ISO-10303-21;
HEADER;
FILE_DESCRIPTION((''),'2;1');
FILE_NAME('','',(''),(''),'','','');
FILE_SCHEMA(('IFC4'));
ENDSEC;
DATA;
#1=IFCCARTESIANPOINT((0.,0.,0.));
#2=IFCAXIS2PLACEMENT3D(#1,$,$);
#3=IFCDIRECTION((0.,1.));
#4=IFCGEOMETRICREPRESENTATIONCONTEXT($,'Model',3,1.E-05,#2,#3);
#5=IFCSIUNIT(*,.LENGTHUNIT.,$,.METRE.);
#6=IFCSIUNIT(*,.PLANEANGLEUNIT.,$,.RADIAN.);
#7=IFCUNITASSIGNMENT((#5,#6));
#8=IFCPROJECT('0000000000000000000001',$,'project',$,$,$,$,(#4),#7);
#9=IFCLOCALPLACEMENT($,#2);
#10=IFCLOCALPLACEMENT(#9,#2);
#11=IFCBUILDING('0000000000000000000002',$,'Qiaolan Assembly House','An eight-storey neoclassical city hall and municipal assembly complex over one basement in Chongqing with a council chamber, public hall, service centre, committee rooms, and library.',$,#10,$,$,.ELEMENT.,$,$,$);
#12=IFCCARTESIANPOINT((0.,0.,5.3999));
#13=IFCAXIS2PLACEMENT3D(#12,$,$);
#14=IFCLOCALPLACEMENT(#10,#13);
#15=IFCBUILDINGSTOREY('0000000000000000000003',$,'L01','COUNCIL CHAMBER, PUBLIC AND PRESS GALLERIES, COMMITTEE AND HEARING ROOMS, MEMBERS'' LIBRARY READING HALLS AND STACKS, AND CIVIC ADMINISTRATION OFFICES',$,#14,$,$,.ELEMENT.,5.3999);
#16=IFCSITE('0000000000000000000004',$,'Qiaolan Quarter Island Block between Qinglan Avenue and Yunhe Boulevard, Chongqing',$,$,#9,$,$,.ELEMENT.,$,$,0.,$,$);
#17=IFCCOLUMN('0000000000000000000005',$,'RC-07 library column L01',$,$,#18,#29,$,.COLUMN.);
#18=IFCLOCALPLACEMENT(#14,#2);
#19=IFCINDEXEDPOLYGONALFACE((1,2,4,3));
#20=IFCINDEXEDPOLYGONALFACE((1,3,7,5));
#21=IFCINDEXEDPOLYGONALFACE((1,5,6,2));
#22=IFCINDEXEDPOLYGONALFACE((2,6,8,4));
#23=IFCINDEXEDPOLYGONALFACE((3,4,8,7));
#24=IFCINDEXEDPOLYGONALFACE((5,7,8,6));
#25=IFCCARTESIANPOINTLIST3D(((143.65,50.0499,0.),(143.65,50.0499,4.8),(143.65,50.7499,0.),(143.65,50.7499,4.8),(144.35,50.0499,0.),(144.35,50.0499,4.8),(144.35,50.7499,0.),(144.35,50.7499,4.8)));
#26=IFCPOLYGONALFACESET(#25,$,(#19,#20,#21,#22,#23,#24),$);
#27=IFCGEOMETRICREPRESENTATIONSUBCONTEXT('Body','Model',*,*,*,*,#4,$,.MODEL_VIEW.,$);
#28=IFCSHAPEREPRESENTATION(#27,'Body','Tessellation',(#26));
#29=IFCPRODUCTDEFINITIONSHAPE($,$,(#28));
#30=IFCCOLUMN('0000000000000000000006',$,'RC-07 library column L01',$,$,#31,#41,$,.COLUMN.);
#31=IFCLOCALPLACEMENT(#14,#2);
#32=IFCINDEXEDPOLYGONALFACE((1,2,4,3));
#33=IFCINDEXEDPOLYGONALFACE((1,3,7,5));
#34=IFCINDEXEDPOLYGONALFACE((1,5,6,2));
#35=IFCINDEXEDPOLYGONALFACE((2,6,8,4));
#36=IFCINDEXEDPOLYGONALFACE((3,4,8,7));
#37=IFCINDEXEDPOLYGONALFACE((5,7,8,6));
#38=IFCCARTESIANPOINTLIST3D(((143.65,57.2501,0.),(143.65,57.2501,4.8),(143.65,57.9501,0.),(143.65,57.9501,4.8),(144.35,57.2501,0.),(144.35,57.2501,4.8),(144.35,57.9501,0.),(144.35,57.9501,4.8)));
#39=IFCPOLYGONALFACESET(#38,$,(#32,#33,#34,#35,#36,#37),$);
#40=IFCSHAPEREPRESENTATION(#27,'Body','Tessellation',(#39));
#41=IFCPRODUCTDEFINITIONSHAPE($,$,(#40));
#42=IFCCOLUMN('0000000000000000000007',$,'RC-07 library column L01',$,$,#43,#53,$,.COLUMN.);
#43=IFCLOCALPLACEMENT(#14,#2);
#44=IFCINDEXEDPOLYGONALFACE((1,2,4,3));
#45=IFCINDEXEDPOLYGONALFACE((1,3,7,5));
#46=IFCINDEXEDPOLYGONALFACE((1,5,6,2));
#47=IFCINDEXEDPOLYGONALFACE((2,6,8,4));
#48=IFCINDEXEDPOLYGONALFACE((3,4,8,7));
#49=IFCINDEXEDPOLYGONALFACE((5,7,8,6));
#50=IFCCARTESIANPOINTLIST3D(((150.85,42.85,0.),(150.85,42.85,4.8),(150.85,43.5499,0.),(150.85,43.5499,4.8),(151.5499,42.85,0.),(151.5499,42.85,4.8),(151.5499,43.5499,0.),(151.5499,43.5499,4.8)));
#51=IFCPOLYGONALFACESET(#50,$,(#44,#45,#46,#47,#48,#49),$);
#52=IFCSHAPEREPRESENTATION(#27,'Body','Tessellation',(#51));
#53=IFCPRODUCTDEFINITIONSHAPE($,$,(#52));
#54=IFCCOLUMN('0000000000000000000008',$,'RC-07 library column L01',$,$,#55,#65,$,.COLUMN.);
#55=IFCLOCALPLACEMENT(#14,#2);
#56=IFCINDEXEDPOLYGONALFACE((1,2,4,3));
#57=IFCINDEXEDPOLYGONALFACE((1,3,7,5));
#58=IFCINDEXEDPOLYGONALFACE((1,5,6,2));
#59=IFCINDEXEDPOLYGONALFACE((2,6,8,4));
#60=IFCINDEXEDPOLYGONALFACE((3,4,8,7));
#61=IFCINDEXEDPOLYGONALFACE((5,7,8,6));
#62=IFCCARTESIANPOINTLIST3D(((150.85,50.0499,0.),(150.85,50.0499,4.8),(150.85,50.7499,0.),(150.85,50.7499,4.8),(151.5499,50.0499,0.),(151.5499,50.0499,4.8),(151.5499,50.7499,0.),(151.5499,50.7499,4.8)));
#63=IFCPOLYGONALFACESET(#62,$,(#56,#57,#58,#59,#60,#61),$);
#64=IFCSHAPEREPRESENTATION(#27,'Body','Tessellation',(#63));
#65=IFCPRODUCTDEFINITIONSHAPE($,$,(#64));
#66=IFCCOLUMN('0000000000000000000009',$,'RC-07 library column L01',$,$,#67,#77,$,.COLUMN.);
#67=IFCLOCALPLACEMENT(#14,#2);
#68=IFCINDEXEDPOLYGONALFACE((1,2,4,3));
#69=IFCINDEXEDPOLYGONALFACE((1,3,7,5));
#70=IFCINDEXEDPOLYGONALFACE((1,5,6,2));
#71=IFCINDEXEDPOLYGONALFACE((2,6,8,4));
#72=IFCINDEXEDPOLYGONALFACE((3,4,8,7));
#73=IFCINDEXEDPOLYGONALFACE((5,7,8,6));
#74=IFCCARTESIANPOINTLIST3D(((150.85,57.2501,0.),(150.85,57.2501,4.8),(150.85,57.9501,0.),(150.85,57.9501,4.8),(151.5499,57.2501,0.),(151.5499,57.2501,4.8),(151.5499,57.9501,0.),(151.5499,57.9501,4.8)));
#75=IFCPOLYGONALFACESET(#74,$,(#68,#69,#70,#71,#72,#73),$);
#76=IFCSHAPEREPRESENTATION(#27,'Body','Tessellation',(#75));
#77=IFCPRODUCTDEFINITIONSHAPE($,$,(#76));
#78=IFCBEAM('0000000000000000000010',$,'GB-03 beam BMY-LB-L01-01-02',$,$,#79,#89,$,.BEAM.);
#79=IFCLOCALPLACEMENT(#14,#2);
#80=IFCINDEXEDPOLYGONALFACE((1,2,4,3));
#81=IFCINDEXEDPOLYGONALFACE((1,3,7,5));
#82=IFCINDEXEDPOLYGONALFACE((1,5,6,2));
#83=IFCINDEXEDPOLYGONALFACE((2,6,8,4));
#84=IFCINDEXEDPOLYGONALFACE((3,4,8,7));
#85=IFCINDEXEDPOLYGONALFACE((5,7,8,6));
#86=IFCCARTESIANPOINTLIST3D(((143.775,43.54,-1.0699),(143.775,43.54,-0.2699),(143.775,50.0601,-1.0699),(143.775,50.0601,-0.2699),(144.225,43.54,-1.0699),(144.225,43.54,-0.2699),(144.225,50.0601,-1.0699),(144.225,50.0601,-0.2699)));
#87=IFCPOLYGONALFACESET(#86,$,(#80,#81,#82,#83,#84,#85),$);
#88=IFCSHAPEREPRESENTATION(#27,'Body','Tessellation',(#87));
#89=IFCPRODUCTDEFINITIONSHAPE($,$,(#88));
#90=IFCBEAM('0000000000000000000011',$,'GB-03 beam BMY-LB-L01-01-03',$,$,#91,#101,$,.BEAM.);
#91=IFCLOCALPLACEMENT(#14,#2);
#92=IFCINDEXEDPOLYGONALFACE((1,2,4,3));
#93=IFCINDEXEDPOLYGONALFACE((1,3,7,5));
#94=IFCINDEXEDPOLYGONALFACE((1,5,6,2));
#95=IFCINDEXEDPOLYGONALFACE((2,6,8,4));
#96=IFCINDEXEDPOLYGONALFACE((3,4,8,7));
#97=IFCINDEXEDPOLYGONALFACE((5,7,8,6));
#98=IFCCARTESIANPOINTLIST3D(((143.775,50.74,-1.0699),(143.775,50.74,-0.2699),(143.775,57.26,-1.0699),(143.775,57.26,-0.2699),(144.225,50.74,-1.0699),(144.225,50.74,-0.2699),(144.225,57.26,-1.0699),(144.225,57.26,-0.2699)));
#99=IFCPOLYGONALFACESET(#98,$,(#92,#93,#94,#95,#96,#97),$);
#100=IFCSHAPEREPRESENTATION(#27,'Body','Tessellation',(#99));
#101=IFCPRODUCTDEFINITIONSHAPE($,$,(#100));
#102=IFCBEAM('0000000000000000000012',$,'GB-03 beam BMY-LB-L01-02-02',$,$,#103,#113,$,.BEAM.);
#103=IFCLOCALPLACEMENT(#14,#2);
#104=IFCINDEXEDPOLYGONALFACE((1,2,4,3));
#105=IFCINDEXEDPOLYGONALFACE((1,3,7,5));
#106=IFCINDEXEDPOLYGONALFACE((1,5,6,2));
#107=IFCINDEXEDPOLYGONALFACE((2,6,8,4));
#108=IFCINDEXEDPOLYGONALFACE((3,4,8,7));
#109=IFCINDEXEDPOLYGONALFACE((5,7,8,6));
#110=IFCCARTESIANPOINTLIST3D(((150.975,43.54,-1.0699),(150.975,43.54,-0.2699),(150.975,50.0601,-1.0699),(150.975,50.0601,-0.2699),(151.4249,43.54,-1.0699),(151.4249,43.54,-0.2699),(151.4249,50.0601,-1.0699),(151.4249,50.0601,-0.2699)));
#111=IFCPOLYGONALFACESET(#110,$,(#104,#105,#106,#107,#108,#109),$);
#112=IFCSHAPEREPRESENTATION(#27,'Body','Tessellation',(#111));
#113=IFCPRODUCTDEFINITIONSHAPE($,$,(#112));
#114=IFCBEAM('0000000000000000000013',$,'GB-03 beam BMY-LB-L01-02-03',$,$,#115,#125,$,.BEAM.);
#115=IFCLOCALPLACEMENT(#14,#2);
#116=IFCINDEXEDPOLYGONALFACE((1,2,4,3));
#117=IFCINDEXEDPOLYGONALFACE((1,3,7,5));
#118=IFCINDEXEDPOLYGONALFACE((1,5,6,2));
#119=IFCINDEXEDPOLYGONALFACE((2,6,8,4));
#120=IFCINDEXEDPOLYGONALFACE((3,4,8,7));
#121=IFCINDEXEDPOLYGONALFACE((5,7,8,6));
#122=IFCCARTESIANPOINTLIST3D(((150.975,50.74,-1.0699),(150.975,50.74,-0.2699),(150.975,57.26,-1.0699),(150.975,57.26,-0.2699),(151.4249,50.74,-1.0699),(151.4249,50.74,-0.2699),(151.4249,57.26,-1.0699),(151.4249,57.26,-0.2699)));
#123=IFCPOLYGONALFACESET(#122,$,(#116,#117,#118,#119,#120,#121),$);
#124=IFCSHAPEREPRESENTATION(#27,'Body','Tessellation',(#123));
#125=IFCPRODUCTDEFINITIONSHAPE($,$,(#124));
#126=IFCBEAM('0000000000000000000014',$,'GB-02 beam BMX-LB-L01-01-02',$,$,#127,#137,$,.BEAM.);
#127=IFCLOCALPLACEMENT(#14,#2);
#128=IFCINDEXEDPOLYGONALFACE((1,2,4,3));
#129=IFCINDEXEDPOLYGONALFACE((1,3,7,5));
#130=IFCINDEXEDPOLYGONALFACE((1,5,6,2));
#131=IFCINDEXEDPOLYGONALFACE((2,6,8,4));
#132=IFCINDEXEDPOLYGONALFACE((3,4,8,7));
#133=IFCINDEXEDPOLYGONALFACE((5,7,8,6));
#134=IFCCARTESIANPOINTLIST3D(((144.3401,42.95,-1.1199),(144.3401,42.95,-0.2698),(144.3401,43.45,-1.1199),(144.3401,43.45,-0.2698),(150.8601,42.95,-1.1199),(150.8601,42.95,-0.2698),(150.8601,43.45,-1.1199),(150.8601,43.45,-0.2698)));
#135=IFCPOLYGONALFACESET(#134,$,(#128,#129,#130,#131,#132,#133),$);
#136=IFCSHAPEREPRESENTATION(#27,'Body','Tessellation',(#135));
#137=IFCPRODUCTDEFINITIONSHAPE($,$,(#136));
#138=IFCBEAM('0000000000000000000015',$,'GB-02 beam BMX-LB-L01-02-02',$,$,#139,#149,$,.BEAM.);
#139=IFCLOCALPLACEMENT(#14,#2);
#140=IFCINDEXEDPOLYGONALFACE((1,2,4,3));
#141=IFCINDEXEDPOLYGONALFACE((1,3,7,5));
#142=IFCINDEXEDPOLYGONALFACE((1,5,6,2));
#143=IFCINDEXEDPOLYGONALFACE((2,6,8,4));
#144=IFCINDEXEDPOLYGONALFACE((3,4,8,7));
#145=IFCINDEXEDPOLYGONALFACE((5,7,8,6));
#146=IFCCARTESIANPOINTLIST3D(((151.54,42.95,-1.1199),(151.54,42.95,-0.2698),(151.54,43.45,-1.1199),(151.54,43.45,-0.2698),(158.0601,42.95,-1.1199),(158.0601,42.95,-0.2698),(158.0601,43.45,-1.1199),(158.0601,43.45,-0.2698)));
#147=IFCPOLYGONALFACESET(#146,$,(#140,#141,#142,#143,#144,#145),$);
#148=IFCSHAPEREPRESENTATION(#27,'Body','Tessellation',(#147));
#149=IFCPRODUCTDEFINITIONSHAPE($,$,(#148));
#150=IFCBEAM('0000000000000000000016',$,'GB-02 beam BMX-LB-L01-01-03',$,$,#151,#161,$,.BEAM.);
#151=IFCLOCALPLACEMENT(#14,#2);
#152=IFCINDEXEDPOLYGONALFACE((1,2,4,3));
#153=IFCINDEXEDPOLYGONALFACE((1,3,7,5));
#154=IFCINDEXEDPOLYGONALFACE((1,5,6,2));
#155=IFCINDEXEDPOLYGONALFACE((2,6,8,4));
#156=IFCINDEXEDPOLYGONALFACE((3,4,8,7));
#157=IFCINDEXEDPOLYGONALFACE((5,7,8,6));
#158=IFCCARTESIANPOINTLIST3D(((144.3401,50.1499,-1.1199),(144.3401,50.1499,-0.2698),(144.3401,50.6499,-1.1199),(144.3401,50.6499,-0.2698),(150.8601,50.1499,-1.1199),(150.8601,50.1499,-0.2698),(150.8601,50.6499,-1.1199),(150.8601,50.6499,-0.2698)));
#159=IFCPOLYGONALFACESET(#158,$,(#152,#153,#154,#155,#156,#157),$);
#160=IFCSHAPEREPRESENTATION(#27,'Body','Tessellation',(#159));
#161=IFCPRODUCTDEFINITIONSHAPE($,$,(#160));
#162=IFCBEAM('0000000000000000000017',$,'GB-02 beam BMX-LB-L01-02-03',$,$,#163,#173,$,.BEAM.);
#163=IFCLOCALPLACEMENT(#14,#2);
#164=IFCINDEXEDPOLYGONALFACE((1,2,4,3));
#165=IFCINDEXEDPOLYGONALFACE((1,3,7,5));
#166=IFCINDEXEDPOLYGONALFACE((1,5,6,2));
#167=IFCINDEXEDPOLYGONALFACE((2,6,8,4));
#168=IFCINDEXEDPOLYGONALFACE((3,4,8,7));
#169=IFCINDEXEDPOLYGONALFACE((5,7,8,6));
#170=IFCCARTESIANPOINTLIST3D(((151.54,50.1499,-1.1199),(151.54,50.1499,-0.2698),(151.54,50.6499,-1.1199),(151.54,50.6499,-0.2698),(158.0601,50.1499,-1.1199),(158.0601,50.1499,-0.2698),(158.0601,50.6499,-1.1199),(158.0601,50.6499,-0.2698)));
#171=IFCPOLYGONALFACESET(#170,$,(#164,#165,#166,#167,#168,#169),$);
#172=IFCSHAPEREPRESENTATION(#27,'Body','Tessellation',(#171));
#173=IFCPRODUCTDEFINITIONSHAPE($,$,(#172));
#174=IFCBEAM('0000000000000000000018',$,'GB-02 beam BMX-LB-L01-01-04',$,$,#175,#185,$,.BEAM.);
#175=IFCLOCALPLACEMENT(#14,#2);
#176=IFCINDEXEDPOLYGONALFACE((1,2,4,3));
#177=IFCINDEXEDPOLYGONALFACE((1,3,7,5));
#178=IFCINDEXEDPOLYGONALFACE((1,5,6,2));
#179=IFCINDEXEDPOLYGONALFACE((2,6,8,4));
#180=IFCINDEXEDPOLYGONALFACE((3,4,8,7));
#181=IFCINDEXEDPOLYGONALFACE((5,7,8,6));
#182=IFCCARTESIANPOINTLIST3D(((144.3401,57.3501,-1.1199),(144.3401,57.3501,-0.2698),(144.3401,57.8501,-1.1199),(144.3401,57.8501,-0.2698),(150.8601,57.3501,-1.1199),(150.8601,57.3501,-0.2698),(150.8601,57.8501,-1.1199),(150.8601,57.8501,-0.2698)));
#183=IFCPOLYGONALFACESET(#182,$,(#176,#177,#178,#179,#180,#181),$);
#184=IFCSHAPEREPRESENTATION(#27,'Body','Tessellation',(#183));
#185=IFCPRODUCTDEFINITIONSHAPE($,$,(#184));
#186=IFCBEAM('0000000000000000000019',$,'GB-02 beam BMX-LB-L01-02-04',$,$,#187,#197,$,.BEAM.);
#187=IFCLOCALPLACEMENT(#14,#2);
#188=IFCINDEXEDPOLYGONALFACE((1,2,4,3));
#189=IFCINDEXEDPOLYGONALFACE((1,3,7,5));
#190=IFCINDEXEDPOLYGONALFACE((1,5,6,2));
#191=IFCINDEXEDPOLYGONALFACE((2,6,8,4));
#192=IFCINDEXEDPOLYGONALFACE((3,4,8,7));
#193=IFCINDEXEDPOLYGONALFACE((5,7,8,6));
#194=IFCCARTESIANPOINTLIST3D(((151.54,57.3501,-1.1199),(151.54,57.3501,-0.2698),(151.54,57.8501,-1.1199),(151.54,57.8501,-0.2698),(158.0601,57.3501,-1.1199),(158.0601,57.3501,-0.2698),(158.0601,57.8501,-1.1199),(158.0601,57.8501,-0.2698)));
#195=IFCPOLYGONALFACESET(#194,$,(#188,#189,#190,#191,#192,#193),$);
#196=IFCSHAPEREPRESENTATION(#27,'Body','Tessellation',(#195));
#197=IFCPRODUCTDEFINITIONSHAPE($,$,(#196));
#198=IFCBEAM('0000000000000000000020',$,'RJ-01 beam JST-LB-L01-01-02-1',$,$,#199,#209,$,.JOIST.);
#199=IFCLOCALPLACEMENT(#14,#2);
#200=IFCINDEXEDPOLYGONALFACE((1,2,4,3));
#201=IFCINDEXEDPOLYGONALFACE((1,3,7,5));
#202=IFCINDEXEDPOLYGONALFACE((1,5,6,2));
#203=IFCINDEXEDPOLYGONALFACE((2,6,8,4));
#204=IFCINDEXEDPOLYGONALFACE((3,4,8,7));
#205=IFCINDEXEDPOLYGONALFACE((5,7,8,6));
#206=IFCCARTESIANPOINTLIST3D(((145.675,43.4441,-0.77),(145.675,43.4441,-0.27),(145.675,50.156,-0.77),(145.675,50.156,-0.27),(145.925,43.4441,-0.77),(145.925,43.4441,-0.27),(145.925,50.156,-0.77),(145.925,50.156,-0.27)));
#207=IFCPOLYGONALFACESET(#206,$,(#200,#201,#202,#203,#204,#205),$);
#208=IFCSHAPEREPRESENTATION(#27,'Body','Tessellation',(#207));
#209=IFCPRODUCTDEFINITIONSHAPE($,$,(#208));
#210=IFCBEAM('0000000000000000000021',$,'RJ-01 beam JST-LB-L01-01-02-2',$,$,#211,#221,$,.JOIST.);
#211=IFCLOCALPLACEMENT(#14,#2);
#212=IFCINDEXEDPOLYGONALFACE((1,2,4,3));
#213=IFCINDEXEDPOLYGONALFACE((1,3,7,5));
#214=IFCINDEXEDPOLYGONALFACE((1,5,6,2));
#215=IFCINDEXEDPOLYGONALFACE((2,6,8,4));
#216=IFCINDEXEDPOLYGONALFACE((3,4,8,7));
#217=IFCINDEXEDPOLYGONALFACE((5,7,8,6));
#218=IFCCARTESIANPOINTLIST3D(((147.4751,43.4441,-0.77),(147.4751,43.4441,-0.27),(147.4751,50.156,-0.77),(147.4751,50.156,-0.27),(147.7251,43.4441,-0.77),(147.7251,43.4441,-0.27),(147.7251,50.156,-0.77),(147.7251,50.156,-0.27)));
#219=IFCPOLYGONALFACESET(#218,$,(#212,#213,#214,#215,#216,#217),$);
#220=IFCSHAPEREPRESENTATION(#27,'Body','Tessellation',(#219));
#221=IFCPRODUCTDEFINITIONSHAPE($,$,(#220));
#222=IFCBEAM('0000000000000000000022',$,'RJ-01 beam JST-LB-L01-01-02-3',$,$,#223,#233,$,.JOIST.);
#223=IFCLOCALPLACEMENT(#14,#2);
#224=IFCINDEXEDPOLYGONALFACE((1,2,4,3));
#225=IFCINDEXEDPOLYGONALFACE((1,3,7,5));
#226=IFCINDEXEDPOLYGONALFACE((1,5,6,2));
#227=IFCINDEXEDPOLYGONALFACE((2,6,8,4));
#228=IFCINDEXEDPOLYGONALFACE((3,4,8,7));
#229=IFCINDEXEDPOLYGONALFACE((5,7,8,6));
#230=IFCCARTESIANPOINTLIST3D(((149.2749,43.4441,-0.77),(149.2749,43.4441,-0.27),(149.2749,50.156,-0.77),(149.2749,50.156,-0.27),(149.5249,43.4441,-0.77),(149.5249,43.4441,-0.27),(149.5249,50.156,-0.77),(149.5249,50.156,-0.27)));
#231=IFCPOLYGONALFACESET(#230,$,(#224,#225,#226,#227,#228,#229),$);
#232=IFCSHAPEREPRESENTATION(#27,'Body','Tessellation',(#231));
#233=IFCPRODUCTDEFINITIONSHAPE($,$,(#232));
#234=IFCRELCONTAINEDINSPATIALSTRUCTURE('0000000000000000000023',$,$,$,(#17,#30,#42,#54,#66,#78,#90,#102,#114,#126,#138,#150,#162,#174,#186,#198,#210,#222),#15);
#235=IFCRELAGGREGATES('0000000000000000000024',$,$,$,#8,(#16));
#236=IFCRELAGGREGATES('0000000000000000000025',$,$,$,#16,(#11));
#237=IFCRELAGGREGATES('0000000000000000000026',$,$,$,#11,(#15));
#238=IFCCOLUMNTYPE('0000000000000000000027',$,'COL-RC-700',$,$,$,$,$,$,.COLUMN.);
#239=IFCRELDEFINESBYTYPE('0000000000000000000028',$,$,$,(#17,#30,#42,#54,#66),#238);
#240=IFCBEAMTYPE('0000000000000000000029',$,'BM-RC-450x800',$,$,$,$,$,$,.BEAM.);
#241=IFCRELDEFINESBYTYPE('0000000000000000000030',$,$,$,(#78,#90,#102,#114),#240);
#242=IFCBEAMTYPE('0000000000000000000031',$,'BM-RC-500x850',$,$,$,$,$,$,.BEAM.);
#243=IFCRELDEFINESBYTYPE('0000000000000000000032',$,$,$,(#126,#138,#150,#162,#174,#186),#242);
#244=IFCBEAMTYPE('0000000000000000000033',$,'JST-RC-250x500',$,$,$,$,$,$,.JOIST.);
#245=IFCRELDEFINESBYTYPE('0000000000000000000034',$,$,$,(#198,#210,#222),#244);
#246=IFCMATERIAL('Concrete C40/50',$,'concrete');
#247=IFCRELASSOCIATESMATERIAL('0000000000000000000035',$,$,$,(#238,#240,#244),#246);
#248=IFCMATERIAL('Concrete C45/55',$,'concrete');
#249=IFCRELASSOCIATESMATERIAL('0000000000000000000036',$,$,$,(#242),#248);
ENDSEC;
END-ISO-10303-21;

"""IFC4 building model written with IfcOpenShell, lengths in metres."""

from ifc_helpers import new_model, si_unit, direction, frame, origin, origin_2d, place, context, subcontext, project, spatial, rectangle, extrude, material, material_profile, profile_set, type_object, element, save


model = new_model("IFC4")

# Units and contexts
model_context = context("Model", 3, precision=1e-05, world=origin(), true_north=direction((0.0, 1.0)))
body_context = subcontext(model_context, "Body", "Model", "MODEL_VIEW")
ifc_project = project(units=[si_unit("LENGTHUNIT", "METRE"), si_unit("PLANEANGLEUNIT", "RADIAN")], contexts=[model_context])

# Site, building, storey
site_placement = place(None, origin())
site = spatial("IfcSite", under=ifc_project, at=site_placement, Name="Qiaolan Quarter Island Block between Qinglan Avenue and Yunhe Boulevard, Chongqing", CompositionType="ELEMENT", RefElevation=0.0)
building_placement = place(site_placement, origin())
building = spatial("IfcBuilding", under=site, at=building_placement, Name="Qiaolan Assembly House", Description="An eight-storey neoclassical city hall and municipal assembly complex over one basement in Chongqing with a council chamber, public hall, service centre, committee rooms, and library.", CompositionType="ELEMENT")
storey_placement = place(building_placement, frame((0.0, 0.0, 5.3999)))
storey = spatial("IfcBuildingStorey", under=building, at=storey_placement, Name="L01", Description="COUNCIL CHAMBER, PUBLIC AND PRESS GALLERIES, COMMITTEE AND HEARING ROOMS, MEMBERS' LIBRARY READING HALLS AND STACKS, AND CIVIC ADMINISTRATION OFFICES", CompositionType="ELEMENT", Elevation=5.3999)

# Columns
ifc_material_1 = material(Name="Concrete C40/50", Category="concrete")
ifc_material_profile_1 = material_profile(ifc_material_1, rectangle(XDim=0.7, YDim=0.7, at=origin_2d()), Name="RC 700x700")
ifc_profile_set_1 = profile_set([ifc_material_profile_1], Name="Concrete C40/50")
column_type = type_object("IfcColumnType", Name="COL-RC-700", PredefinedType="COLUMN", material=ifc_profile_set_1)
for number, where, z_axis, x_axis, name in (
    (1, (144.0, 50.3999, 0.0), (0.0, 0.0, 1.0), (1.0, 0.0, 0.0), "RC-07 library column L01"),
    (2, (144.0, 57.6001, 0.0), (0.0, 0.0, 1.0), (1.0, 0.0, 0.0), "RC-07 library column L01"),
    (3, (151.2, 43.2, 0.0), (0.0, 0.0, 1.0), (1.0, 0.0, 0.0), "RC-07 library column L01"),
    (4, (151.2, 50.3999, 0.0), (0.0, 0.0, 1.0), (1.0, 0.0, 0.0), "RC-07 library column L01"),
    (5, (151.2, 57.6001, 0.0), (0.0, 0.0, 1.0), (1.0, 0.0, 0.0), "RC-07 library column L01"),
):
    element("IfcColumn", number, at=place(storey_placement, frame(where, z_axis=z_axis, x_axis=x_axis)), inside=storey, type_object=column_type, Name=name, PredefinedType="COLUMN", context=body_context, shape_type="SweptSolid", body=[
        extrude(rectangle(XDim=0.7, YDim=0.7, at=origin_2d()), origin(), (0.0, 0.0, 1.0), 4.8),
    ])

# Beams
ifc_material_profile_2 = material_profile(ifc_material_1, rectangle(XDim=0.45, YDim=0.8, at=origin_2d()), Name="RCB 450x800")
ifc_profile_set_2 = profile_set([ifc_material_profile_2], Name="Concrete C40/50")
beam_type_1 = type_object("IfcBeamType", Name="BM-RC-450x800", PredefinedType="BEAM", material=ifc_profile_set_2)
for number, where, z_axis, x_axis, name in (
    (6, (144.0, 43.54, -0.6699), (0.0, 1.0, 0.0), (-1.0, 0.0, 0.0), "GB-03 beam BMY-LB-L01-01-02"),
    (7, (144.0, 50.74, -0.6699), (0.0, 1.0, 0.0), (-1.0, 0.0, 0.0), "GB-03 beam BMY-LB-L01-01-03"),
    (8, (151.2, 43.54, -0.6699), (0.0, 1.0, 0.0), (-1.0, 0.0, 0.0), "GB-03 beam BMY-LB-L01-02-02"),
    (9, (151.2, 50.74, -0.6699), (0.0, 1.0, 0.0), (-1.0, 0.0, 0.0), "GB-03 beam BMY-LB-L01-02-03"),
):
    element("IfcBeam", number, at=place(storey_placement, frame(where, z_axis=z_axis, x_axis=x_axis)), inside=storey, type_object=beam_type_1, Name=name, PredefinedType="BEAM", context=body_context, shape_type="SweptSolid", body=[
        extrude(rectangle(XDim=0.45, YDim=0.8, at=origin_2d()), origin(), (0.0, 0.0, 1.0), 6.52),
    ])
ifc_material_2 = material(Name="Concrete C45/55", Category="concrete")
ifc_material_profile_3 = material_profile(ifc_material_2, rectangle(XDim=0.5, YDim=0.8501, at=origin_2d()), Name="RCB 500x850")
ifc_profile_set_3 = profile_set([ifc_material_profile_3], Name="Concrete C45/55")
beam_type_2 = type_object("IfcBeamType", Name="BM-RC-500x850", PredefinedType="BEAM", material=ifc_profile_set_3)
for number, where, z_axis, x_axis, name in (
    (10, (144.3401, 43.2, -0.6948), (1.0, 0.0, 0.0), (0.0, 1.0, 0.0), "GB-02 beam BMX-LB-L01-01-02"),
    (11, (151.54, 43.2, -0.6948), (1.0, 0.0, 0.0), (0.0, 1.0, 0.0), "GB-02 beam BMX-LB-L01-02-02"),
    (12, (144.3401, 50.3999, -0.6948), (1.0, 0.0, 0.0), (0.0, 1.0, 0.0), "GB-02 beam BMX-LB-L01-01-03"),
    (13, (151.54, 50.3999, -0.6948), (1.0, 0.0, 0.0), (0.0, 1.0, 0.0), "GB-02 beam BMX-LB-L01-02-03"),
    (14, (144.3401, 57.6001, -0.6948), (1.0, 0.0, 0.0), (0.0, 1.0, 0.0), "GB-02 beam BMX-LB-L01-01-04"),
    (15, (151.54, 57.6001, -0.6948), (1.0, 0.0, 0.0), (0.0, 1.0, 0.0), "GB-02 beam BMX-LB-L01-02-04"),
):
    element("IfcBeam", number, at=place(storey_placement, frame(where, z_axis=z_axis, x_axis=x_axis)), inside=storey, type_object=beam_type_2, Name=name, PredefinedType="BEAM", context=body_context, shape_type="SweptSolid", body=[
        extrude(rectangle(XDim=0.5, YDim=0.8501, at=origin_2d()), origin(), (0.0, 0.0, 1.0), 6.52),
    ])
ifc_material_profile_4 = material_profile(ifc_material_1, rectangle(XDim=0.25, YDim=0.5, at=origin_2d()), Name="RCB 250x500")
ifc_profile_set_4 = profile_set([ifc_material_profile_4], Name="Concrete C40/50")
beam_type_3 = type_object("IfcBeamType", Name="JST-RC-250x500", PredefinedType="JOIST", material=ifc_profile_set_4)
for number, where, z_axis, x_axis, name in (
    (16, (145.8, 43.4441, -0.52), (0.0, 1.0, 0.0), (-1.0, 0.0, 0.0), "RJ-01 beam JST-LB-L01-01-02-1"),
    (17, (147.6001, 43.4441, -0.52), (0.0, 1.0, 0.0), (-1.0, 0.0, 0.0), "RJ-01 beam JST-LB-L01-01-02-2"),
    (18, (149.3999, 43.4441, -0.52), (0.0, 1.0, 0.0), (-1.0, 0.0, 0.0), "RJ-01 beam JST-LB-L01-01-02-3"),
):
    element("IfcBeam", number, at=place(storey_placement, frame(where, z_axis=z_axis, x_axis=x_axis)), inside=storey, type_object=beam_type_3, Name=name, PredefinedType="JOIST", context=body_context, shape_type="SweptSolid", body=[
        extrude(rectangle(XDim=0.25, YDim=0.5, at=origin_2d()), origin(), (0.0, 0.0, 1.0), 6.7119),
    ])

save(model, "model.ifc")
